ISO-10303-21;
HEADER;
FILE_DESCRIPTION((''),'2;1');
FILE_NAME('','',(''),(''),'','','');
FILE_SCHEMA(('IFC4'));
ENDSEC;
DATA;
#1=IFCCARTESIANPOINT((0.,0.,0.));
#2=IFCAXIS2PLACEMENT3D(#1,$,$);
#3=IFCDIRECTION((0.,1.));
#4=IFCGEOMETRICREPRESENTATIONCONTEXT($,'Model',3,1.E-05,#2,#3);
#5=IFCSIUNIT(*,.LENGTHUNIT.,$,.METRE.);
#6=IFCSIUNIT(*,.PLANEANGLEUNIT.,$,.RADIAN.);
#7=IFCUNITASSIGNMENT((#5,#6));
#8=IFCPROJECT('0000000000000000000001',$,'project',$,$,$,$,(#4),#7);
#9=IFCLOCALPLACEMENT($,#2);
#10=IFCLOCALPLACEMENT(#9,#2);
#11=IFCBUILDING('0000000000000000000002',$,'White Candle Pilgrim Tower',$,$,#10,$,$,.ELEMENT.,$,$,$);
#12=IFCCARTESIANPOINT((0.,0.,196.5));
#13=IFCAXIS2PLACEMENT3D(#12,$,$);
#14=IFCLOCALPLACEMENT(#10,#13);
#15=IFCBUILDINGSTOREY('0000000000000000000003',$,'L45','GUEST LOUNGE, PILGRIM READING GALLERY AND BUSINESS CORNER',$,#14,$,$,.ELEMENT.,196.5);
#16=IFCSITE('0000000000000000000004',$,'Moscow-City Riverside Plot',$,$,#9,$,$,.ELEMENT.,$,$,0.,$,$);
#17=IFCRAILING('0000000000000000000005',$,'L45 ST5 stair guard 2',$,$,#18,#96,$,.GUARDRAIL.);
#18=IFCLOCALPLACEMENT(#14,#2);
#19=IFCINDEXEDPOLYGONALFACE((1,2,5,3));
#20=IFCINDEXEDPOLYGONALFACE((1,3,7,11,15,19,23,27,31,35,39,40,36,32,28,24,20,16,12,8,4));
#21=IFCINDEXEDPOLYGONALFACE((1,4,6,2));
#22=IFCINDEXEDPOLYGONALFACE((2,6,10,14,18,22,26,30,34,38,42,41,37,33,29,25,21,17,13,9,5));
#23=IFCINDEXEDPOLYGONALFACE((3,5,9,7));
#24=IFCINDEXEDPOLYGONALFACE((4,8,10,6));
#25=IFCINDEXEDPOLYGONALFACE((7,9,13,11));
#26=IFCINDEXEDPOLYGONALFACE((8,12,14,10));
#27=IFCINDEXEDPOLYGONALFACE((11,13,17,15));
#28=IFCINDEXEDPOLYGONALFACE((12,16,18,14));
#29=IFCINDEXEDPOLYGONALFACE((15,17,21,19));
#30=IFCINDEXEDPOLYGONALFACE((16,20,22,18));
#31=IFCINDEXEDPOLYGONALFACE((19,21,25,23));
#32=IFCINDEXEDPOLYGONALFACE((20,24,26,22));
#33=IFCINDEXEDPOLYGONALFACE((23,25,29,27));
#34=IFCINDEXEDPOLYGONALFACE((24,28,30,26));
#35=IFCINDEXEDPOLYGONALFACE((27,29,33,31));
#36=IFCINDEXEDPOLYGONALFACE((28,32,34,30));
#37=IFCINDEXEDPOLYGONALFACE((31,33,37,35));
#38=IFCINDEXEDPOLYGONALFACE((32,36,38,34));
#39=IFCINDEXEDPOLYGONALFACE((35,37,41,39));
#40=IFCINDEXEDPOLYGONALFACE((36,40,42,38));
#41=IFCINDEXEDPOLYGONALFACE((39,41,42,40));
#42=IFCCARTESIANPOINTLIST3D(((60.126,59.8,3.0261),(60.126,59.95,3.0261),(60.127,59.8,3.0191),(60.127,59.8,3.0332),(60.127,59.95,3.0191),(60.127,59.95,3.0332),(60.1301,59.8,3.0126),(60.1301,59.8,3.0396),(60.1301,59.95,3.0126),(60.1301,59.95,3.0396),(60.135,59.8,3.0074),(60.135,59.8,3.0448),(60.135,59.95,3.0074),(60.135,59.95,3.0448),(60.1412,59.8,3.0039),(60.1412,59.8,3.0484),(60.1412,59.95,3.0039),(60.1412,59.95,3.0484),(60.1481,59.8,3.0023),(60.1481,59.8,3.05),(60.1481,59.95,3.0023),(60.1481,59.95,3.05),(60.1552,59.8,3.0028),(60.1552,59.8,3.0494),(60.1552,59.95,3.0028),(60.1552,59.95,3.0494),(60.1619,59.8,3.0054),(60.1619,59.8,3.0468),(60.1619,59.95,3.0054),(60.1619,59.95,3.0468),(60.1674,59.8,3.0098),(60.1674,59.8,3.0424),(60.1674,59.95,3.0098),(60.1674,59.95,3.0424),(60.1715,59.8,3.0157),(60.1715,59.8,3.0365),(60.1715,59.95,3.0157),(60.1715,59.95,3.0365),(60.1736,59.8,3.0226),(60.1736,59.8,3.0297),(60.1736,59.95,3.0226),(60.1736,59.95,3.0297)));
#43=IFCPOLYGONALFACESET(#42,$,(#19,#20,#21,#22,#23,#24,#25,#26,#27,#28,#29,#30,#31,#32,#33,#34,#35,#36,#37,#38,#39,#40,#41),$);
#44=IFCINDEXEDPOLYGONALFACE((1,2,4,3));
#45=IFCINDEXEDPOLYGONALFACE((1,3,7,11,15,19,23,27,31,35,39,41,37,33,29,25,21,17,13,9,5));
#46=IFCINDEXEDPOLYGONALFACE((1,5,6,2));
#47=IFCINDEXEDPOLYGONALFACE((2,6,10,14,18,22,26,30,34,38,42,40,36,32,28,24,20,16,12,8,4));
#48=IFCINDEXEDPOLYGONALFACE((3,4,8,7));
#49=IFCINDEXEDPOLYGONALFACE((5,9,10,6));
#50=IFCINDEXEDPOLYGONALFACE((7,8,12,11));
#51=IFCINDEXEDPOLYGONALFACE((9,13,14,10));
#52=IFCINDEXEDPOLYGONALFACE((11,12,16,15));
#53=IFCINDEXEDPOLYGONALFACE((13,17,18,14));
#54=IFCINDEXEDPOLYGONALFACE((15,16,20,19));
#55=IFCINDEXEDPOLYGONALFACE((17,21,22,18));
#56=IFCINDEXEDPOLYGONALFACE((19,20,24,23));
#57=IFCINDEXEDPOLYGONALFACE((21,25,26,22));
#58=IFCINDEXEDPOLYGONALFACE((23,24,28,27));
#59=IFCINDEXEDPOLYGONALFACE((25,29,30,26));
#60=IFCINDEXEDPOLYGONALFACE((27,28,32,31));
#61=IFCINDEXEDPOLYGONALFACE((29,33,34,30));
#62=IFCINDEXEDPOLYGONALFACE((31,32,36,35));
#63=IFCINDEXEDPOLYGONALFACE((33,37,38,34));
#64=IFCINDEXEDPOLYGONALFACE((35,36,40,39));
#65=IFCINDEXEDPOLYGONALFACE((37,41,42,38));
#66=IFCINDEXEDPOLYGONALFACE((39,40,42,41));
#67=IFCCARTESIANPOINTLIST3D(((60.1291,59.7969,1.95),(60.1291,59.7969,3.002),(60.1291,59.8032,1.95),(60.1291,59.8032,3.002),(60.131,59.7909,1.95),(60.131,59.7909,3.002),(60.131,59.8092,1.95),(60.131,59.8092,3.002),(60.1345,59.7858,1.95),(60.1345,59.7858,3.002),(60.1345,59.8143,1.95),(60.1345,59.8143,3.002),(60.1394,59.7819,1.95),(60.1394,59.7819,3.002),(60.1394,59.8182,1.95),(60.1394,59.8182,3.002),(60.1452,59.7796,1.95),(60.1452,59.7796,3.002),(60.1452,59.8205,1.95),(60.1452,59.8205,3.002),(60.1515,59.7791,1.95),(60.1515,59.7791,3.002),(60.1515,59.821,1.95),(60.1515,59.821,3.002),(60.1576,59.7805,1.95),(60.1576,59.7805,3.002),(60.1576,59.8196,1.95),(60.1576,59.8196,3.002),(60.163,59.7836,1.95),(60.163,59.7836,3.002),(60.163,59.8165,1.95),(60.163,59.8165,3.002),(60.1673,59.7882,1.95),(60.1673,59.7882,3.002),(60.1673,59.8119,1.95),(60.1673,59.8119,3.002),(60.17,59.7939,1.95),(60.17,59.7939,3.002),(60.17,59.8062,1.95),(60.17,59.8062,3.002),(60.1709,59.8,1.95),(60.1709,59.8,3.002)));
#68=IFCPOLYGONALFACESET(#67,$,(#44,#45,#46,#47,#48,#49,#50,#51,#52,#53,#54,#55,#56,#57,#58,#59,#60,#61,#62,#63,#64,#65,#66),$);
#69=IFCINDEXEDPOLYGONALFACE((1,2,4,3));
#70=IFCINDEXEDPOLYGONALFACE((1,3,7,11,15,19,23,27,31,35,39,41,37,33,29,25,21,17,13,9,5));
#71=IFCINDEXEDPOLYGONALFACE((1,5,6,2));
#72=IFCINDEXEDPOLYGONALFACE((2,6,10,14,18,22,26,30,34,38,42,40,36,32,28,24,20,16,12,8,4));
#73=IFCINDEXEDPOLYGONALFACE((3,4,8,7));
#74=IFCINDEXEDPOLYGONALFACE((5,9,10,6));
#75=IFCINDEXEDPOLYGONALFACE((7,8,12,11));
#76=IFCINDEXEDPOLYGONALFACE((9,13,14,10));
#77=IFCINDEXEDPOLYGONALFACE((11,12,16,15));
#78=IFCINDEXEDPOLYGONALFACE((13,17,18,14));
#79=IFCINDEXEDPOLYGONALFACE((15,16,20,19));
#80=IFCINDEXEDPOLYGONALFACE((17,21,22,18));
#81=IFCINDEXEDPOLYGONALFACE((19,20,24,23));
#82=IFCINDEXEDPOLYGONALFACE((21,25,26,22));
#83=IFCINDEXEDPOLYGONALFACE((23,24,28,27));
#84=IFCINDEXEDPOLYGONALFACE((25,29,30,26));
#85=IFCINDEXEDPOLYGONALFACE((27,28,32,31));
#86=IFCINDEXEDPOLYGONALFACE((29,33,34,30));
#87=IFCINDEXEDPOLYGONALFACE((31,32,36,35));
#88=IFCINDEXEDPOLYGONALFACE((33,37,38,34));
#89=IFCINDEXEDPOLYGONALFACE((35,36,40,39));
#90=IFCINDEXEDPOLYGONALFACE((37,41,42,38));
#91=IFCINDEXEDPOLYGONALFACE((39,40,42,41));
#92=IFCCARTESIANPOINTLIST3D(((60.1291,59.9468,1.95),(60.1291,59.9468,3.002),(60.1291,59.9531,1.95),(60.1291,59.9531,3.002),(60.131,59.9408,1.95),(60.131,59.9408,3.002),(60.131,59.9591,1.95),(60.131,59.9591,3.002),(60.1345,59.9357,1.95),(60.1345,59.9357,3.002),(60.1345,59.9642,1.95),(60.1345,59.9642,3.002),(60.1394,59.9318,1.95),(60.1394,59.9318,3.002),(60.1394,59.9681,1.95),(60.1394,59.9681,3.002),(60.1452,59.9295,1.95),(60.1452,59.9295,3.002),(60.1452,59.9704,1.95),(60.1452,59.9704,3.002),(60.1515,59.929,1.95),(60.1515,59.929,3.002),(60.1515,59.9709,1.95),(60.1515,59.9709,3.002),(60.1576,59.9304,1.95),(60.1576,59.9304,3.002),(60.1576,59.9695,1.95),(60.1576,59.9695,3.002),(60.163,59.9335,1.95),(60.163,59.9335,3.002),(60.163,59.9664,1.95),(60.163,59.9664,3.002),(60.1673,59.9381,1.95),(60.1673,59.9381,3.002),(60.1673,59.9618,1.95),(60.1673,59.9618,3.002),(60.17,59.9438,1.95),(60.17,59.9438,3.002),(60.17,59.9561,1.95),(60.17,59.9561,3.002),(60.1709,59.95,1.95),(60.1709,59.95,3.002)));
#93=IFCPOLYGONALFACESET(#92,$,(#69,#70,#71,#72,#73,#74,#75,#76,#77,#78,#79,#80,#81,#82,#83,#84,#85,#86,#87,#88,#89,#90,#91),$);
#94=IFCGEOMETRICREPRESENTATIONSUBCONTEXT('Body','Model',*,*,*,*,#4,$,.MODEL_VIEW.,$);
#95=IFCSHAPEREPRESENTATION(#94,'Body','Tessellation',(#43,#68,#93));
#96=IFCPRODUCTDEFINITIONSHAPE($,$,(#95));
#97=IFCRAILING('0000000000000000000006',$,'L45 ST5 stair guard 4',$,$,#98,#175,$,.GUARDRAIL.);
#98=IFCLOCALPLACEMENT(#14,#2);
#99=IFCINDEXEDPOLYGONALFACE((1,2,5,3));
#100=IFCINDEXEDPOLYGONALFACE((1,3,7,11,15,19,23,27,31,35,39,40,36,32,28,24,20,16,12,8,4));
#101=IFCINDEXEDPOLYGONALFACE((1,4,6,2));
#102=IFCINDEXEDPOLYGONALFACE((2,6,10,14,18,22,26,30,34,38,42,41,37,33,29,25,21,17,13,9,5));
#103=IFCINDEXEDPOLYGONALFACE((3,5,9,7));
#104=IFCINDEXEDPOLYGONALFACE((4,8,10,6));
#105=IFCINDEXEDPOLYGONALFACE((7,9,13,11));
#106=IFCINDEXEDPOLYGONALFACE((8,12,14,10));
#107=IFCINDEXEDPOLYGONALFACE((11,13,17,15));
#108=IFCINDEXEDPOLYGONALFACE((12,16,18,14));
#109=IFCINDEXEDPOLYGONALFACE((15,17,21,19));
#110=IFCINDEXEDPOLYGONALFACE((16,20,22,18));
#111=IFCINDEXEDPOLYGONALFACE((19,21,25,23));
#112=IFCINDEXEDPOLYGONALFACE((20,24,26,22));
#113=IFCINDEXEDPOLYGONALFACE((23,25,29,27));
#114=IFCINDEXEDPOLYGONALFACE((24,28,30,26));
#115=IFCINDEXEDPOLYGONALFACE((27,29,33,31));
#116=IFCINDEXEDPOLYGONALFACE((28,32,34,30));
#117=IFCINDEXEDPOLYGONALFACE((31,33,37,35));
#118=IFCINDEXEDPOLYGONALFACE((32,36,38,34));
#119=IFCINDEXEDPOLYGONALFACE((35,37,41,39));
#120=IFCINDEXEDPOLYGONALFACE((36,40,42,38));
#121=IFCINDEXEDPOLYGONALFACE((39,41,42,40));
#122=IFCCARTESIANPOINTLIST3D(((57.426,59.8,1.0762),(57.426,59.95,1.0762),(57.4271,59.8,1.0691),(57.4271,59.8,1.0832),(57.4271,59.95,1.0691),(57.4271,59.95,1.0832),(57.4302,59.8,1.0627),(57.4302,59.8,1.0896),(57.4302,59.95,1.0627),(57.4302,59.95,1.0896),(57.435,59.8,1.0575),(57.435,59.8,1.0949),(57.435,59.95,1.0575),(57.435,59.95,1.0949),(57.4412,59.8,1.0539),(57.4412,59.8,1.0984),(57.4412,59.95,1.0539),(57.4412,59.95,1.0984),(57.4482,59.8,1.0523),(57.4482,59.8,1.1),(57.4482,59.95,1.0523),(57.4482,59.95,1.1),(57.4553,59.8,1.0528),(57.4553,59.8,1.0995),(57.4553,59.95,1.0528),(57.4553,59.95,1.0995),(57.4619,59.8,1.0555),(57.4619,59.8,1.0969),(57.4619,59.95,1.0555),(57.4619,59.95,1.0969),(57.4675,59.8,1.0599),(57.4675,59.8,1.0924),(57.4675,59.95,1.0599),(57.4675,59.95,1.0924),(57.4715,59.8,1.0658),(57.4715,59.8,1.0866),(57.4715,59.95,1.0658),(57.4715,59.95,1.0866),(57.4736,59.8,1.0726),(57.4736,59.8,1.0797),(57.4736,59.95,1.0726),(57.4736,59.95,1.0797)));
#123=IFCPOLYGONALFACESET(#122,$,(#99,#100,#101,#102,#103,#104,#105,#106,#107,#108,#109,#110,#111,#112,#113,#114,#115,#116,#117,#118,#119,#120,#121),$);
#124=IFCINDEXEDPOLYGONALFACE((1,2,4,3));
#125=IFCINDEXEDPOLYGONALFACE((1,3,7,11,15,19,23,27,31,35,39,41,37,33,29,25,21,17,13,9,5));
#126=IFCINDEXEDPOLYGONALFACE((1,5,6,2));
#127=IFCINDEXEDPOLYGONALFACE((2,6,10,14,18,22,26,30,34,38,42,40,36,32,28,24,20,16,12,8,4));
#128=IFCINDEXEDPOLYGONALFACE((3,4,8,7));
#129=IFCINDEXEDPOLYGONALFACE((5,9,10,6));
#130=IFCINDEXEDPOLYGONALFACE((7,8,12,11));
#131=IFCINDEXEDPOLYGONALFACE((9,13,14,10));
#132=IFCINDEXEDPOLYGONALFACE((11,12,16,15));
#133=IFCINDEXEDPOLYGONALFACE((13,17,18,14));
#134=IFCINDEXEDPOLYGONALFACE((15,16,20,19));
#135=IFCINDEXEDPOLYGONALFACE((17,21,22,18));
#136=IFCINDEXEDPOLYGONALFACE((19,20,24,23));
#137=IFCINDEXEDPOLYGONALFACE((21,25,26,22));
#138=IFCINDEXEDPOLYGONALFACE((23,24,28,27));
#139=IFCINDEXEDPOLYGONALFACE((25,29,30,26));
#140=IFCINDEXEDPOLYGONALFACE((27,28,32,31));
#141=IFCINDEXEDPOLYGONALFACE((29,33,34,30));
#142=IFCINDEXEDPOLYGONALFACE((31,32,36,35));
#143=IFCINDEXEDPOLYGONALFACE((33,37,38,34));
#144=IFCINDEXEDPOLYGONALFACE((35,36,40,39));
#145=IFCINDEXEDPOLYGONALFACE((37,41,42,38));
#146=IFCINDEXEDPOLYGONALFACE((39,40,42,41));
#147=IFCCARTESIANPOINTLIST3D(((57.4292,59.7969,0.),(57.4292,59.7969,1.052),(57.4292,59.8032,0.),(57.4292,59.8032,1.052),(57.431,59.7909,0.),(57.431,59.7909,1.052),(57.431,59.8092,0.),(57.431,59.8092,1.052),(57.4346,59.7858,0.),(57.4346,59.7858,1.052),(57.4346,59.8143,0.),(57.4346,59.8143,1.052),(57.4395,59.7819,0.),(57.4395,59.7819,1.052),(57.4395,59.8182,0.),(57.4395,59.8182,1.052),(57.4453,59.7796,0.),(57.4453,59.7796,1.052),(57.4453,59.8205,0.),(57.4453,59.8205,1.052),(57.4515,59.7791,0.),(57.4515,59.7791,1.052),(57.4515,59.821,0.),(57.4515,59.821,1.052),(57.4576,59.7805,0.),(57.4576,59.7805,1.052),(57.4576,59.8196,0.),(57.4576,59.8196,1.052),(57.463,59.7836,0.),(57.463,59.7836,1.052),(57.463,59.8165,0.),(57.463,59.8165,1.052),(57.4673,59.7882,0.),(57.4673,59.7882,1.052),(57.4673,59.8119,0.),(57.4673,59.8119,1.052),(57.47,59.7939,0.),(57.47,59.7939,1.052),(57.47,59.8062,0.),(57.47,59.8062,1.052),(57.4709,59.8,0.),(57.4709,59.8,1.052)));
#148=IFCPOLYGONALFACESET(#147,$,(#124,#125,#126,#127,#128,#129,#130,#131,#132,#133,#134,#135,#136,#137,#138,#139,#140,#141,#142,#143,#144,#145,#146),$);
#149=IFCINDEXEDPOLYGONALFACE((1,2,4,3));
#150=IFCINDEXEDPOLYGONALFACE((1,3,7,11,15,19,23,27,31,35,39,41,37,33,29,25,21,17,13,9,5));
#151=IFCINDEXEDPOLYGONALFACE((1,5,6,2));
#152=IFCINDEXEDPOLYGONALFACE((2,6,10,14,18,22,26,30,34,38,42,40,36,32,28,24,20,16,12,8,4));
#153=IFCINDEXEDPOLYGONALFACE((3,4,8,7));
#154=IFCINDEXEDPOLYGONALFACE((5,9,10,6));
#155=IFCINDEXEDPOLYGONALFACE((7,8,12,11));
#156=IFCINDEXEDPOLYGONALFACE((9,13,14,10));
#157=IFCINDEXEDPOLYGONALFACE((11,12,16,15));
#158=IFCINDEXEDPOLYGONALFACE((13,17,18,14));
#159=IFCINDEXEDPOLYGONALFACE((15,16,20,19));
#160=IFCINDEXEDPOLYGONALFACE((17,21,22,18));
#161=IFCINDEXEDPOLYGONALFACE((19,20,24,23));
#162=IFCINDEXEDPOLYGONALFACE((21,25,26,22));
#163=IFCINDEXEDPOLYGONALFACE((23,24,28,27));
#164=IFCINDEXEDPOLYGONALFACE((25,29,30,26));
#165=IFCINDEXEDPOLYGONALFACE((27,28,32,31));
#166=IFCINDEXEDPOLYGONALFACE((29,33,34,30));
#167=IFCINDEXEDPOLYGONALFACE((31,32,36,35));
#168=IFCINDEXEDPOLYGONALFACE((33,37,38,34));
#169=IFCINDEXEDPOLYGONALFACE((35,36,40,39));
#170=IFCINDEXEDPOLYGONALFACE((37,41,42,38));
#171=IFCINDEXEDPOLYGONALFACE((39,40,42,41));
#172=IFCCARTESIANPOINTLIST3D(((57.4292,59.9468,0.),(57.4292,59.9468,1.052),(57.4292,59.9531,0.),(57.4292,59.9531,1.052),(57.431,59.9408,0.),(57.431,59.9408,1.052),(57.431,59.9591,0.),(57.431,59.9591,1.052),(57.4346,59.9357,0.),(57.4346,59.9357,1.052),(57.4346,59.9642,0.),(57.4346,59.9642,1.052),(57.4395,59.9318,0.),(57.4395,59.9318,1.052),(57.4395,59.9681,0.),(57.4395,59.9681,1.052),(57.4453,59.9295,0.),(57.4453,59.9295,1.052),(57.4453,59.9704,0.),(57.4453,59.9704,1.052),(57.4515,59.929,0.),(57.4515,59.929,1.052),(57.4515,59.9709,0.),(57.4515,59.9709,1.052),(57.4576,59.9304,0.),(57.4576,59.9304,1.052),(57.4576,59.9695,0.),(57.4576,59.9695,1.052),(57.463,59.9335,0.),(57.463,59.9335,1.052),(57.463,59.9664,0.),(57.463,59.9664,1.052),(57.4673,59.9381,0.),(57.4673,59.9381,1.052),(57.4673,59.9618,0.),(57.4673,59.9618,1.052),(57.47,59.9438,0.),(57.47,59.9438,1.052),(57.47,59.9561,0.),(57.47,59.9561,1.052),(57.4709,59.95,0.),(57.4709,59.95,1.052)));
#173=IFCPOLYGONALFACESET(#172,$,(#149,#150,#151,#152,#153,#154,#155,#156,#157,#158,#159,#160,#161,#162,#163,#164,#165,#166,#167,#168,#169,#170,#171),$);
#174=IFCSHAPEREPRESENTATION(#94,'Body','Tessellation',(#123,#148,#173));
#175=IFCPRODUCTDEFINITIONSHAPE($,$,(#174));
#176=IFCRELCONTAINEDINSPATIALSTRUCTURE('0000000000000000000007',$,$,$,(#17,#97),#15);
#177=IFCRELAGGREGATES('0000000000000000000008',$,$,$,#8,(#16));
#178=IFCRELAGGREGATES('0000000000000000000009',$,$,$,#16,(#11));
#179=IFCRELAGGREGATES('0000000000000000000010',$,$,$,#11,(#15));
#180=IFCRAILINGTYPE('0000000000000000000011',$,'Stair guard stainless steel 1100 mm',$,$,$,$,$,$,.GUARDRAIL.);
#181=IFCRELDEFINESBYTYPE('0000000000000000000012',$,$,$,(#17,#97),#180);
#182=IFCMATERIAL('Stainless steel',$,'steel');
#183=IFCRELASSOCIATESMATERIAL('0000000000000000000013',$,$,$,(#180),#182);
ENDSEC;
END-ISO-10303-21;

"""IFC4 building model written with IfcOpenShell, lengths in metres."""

from ifc_helpers import new_model, si_unit, direction, frame, origin, origin_2d, place, context, subcontext, project, spatial, circle, extrude, material, type_object, element, save


model = new_model("IFC4")

# Units and contexts
model_context = context("Model", 3, precision=1e-05, world=origin(), true_north=direction((0.0, 1.0)))
body_context = subcontext(model_context, "Body", "Model", "MODEL_VIEW")
ifc_project = project(units=[si_unit("LENGTHUNIT", "METRE"), si_unit("PLANEANGLEUNIT", "RADIAN")], contexts=[model_context])

# Site, building, storey
site_placement = place(None, origin())
site = spatial("IfcSite", under=ifc_project, at=site_placement, Name="Moscow-City Riverside Plot", CompositionType="ELEMENT", RefElevation=0.0)
building_placement = place(site_placement, origin())
building = spatial("IfcBuilding", under=site, at=building_placement, Name="White Candle Pilgrim Tower", CompositionType="ELEMENT")
storey_placement = place(building_placement, frame((0.0, 0.0, 196.5)))
storey = spatial("IfcBuildingStorey", under=building, at=storey_placement, Name="L45", Description="GUEST LOUNGE, PILGRIM READING GALLERY AND BUSINESS CORNER", CompositionType="ELEMENT", Elevation=196.5)

# Railings
ifc_material_1 = material(Name="Stainless steel", Category="steel")
railing_type_1 = type_object("IfcRailingType", Name="Stair guard stainless steel 1100 mm", PredefinedType="GUARDRAIL", material=ifc_material_1)
for number, where, name in (
    (1, (60.1499, 59.8, 1.95), "L45 ST5 stair guard 2"),
    (2, (57.45, 59.8, 0.0), "L45 ST5 stair guard 4"),
):
    element("IfcRailing", number, at=place(storey_placement, frame(where)), inside=storey, type_object=railing_type_1, Name=name, PredefinedType="GUARDRAIL", context=body_context, shape_type="SweptSolid", body=[
        extrude(circle(Radius=0.0239, at=origin_2d()), frame((0.0, 0.0, 1.0762), z_axis=(0.0, 1.0, 0.0), x_axis=(-1.0, 0.0, 0.0)), (0.0, 0.0, 1.0), 0.1499),
        extrude(circle(Radius=0.021, at=origin_2d()), origin(), (0.0, 0.0, 1.0), 1.052),
        extrude(circle(Radius=0.021, at=origin_2d()), frame((0.0, 0.1499, 0.0)), (0.0, 0.0, 1.0), 1.052),
    ])

save(model, "model.ifc")
